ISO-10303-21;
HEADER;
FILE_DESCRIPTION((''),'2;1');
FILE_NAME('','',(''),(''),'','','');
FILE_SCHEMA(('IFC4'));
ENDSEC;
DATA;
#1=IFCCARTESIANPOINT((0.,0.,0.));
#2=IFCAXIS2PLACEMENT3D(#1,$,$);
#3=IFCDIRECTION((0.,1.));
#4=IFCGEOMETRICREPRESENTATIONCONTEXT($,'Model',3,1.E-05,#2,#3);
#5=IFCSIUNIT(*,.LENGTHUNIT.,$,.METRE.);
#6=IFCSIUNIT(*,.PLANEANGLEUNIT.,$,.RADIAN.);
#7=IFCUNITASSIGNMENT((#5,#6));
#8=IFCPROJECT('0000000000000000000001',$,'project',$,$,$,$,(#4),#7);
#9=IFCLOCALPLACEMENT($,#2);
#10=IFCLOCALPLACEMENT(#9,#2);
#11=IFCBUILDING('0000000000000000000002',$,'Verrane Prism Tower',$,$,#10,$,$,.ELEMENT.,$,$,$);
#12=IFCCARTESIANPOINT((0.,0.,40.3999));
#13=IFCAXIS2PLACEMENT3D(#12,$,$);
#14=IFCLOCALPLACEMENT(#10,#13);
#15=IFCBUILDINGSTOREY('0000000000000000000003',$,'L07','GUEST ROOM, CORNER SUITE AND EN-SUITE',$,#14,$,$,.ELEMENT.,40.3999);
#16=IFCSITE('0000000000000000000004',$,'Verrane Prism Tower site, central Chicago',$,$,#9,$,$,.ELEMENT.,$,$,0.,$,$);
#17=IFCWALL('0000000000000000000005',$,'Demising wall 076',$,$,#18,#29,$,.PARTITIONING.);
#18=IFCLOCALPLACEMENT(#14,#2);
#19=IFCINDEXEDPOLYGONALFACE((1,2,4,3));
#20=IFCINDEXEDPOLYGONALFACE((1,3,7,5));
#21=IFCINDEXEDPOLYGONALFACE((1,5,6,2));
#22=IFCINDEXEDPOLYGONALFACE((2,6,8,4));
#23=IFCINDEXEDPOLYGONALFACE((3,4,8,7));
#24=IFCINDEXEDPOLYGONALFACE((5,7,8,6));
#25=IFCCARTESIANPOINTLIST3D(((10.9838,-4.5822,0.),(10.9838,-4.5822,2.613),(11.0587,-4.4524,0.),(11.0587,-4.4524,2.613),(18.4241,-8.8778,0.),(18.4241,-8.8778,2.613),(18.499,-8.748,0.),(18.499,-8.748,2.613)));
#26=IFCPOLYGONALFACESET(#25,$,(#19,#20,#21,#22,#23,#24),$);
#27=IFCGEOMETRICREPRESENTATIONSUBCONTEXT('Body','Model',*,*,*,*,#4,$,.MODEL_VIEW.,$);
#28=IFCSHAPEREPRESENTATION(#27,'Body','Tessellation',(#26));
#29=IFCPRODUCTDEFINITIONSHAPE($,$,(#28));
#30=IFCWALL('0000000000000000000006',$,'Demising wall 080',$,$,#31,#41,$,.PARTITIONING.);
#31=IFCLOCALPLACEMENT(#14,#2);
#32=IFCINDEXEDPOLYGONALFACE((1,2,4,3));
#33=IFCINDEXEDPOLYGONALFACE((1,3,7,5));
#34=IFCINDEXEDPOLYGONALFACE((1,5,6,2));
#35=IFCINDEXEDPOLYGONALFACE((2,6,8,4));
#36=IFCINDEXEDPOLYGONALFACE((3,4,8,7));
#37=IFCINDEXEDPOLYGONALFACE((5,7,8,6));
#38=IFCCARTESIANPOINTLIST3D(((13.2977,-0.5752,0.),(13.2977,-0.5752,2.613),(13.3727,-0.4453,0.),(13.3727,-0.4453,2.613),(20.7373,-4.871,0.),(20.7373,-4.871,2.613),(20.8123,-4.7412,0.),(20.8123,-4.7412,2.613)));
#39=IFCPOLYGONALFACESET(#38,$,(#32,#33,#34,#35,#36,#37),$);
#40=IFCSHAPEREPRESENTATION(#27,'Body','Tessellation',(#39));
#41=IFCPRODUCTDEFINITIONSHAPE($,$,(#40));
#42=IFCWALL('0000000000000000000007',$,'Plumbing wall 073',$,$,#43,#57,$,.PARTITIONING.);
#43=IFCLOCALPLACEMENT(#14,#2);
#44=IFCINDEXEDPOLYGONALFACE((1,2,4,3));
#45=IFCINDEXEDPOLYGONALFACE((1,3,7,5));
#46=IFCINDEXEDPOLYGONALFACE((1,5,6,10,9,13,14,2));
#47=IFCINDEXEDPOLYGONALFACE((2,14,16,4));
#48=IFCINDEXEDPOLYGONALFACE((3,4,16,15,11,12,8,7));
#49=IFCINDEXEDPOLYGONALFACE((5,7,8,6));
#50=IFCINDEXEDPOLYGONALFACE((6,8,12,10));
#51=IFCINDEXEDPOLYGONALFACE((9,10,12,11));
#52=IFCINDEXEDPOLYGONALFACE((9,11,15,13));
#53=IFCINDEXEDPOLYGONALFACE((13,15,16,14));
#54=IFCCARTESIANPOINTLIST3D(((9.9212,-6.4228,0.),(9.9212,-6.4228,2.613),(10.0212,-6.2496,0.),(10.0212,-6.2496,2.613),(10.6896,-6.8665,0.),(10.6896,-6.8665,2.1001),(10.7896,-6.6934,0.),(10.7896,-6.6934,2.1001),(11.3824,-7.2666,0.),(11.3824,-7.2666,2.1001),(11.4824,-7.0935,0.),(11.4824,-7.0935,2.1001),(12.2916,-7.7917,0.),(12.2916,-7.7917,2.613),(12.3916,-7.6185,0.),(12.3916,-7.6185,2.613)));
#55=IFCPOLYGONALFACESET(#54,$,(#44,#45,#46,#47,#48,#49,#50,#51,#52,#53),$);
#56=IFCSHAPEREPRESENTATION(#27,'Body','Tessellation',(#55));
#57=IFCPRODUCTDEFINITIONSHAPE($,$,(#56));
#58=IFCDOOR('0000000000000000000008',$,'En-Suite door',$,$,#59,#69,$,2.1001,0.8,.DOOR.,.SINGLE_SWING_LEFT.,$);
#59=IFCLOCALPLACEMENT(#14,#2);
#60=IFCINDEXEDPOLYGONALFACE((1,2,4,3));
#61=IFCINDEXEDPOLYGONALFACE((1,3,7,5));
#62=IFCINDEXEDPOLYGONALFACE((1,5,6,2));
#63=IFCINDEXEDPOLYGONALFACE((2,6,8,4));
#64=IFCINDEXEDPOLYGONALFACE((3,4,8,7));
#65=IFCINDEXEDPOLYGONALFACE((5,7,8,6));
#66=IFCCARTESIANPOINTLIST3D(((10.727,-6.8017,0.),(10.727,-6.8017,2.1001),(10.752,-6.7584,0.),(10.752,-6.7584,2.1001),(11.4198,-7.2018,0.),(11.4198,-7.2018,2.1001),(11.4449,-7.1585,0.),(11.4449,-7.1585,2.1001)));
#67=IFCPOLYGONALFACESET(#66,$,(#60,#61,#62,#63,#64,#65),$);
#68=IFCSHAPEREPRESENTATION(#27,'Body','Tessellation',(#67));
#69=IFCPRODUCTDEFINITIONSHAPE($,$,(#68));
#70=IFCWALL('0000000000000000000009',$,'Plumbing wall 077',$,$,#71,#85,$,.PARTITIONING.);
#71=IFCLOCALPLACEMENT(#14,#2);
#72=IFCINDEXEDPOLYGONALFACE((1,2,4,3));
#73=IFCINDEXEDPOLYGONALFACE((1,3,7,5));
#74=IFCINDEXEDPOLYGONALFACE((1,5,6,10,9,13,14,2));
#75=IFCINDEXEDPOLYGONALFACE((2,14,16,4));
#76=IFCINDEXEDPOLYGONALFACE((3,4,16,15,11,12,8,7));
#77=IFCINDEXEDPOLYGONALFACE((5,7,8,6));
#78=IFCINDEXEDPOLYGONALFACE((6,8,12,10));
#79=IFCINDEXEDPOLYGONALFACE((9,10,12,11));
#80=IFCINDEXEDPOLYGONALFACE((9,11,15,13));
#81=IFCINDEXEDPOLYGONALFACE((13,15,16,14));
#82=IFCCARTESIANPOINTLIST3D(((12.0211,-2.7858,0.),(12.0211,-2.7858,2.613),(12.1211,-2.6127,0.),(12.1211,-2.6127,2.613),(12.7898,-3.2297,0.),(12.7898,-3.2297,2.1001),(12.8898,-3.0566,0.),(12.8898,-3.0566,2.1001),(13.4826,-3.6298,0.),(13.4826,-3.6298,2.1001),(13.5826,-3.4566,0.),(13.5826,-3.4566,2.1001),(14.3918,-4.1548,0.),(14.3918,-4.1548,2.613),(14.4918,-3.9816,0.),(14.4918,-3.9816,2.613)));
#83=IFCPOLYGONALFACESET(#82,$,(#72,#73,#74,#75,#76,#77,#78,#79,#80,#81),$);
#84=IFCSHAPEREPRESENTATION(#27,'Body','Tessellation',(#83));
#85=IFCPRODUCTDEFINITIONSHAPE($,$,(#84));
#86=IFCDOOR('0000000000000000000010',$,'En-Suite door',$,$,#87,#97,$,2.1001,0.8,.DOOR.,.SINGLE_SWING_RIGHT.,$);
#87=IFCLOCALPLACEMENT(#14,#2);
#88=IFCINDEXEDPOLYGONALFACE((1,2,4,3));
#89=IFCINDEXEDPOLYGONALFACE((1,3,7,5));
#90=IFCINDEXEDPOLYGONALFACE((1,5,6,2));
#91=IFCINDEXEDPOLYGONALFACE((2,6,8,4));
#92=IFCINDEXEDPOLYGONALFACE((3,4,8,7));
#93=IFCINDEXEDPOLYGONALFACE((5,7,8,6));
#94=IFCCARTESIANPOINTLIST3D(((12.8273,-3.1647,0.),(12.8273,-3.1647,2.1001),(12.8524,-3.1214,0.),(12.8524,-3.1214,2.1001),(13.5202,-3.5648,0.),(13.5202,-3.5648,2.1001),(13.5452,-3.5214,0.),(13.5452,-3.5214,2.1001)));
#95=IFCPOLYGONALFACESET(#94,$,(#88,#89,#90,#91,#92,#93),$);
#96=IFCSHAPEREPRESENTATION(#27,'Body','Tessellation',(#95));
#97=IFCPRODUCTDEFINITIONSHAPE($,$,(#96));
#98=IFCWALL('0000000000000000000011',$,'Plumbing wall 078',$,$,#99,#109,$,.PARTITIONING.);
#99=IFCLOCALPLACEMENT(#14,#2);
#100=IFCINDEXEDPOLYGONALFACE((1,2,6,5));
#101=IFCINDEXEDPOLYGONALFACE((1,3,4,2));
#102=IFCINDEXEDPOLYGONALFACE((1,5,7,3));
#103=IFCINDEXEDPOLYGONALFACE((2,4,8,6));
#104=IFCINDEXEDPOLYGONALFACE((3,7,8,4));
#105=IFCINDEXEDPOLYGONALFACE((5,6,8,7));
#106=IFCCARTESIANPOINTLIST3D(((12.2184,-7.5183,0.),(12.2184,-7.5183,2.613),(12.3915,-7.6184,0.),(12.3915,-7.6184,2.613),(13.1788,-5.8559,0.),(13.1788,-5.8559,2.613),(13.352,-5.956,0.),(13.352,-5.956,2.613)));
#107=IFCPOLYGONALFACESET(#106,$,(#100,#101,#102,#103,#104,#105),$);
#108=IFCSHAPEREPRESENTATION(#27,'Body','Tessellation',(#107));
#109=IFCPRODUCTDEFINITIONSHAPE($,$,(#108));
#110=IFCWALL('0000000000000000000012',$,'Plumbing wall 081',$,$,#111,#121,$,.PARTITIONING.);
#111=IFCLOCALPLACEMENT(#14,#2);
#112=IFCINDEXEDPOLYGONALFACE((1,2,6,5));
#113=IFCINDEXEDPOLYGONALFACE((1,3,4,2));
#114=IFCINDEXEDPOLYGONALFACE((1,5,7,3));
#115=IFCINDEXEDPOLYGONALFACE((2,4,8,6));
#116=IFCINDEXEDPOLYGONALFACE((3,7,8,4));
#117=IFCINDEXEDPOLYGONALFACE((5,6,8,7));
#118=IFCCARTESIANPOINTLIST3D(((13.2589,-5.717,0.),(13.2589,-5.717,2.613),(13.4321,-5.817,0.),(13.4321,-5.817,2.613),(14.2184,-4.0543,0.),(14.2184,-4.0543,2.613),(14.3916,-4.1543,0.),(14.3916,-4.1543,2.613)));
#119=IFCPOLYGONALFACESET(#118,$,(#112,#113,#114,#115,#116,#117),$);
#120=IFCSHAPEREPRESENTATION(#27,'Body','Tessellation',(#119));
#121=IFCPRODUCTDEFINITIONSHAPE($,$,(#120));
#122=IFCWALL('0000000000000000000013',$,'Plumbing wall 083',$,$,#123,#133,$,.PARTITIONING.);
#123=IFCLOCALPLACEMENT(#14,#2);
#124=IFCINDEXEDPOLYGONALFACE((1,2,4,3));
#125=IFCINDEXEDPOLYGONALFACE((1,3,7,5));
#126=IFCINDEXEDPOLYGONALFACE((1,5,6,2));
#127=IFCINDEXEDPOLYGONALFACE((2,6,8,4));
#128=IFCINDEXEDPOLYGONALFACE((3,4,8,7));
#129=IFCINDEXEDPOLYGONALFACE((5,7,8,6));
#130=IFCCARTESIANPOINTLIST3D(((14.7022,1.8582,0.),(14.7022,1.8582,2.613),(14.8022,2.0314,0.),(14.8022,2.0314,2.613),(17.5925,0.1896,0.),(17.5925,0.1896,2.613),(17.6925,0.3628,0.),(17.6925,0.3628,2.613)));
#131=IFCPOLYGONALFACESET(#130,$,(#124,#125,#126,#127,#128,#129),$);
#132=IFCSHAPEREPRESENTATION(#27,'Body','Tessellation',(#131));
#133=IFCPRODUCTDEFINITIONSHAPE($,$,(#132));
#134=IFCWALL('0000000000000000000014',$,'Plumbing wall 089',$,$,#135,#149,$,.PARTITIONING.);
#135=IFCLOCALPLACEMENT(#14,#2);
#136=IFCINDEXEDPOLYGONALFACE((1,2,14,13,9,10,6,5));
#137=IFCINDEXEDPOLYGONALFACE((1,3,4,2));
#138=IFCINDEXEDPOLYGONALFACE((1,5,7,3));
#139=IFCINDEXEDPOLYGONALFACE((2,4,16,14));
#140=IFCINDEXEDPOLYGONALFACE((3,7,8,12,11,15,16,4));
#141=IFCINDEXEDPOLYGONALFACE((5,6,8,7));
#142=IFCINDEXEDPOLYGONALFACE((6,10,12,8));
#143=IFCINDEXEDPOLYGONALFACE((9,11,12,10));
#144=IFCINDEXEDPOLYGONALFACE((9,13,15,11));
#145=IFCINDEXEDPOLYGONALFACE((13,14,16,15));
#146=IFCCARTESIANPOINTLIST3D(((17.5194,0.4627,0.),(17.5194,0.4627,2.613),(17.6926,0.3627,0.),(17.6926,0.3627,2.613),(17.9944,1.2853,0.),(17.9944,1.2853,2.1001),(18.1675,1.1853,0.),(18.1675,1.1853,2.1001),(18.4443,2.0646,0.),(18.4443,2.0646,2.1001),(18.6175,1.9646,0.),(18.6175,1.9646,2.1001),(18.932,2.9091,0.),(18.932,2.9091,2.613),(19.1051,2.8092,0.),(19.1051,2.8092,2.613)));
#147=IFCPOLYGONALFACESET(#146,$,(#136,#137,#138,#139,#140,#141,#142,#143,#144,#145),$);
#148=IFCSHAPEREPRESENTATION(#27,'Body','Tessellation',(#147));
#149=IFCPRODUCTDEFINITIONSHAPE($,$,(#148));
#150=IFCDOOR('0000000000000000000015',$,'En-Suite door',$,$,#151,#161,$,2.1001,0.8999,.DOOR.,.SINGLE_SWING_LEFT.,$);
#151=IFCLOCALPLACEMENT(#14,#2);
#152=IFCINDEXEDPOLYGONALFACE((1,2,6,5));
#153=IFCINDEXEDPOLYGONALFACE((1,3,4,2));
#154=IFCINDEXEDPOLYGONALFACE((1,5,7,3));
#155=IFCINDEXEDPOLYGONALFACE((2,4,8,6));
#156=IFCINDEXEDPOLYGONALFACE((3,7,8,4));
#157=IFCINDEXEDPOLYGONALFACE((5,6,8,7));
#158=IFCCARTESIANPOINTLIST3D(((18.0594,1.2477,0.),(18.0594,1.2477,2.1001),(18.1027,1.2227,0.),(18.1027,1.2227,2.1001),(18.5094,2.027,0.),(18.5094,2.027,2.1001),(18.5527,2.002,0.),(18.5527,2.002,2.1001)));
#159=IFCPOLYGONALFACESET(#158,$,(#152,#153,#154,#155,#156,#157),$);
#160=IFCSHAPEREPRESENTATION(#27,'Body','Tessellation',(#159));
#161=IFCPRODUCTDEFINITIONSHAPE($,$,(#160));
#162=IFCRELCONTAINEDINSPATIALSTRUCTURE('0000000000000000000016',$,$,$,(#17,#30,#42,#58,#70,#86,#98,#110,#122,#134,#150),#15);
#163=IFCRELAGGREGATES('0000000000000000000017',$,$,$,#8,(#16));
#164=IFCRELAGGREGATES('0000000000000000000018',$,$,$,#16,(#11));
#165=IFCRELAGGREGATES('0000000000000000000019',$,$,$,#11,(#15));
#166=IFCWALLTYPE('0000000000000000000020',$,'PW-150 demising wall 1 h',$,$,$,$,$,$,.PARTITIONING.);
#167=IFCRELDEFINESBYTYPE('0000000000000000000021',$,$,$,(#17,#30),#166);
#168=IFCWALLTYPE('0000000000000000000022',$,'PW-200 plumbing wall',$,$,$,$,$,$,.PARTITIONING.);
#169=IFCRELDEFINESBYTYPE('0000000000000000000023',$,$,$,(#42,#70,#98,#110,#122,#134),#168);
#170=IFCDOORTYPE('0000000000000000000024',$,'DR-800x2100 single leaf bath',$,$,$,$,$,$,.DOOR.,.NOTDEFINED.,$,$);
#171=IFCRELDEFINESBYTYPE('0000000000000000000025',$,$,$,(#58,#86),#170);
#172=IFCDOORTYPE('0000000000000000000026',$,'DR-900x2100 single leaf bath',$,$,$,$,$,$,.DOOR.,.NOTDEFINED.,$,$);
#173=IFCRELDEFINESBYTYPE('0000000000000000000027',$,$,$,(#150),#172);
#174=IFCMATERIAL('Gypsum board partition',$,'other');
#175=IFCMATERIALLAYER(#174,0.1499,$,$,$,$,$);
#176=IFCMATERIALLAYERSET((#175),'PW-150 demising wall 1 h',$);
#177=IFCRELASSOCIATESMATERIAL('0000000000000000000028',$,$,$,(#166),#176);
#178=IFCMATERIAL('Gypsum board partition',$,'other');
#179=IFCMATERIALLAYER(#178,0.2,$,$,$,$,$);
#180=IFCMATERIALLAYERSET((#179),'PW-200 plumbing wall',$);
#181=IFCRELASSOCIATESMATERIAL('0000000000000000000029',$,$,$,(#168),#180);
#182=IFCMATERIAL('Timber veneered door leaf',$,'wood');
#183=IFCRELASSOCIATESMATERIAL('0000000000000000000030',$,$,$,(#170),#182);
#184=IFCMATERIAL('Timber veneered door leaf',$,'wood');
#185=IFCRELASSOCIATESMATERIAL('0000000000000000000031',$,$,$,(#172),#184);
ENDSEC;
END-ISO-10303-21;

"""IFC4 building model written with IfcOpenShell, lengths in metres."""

from ifc_helpers import new_model, si_unit, direction, frame, frame_2d, origin, place, context, subcontext, project, spatial, rectangle, extrude, material, layer, layer_set, type_object, element, fill, save


model = new_model("IFC4")

# Units and contexts
model_context = context("Model", 3, precision=1e-05, world=origin(), true_north=direction((0.0, 1.0)))
body_context = subcontext(model_context, "Body", "Model", "MODEL_VIEW")
ifc_project = project(units=[si_unit("LENGTHUNIT", "METRE"), si_unit("PLANEANGLEUNIT", "RADIAN")], contexts=[model_context])

# Site, building, storey
site_placement = place(None, origin())
site = spatial("IfcSite", under=ifc_project, at=site_placement, Name="Verrane Prism Tower site, central Chicago", CompositionType="ELEMENT", RefElevation=0.0)
building_placement = place(site_placement, origin())
building = spatial("IfcBuilding", under=site, at=building_placement, Name="Verrane Prism Tower", CompositionType="ELEMENT")
storey_placement = place(building_placement, frame((0.0, 0.0, 40.3999)))
storey = spatial("IfcBuildingStorey", under=building, at=storey_placement, Name="L07", Description="GUEST ROOM, CORNER SUITE AND EN-SUITE", CompositionType="ELEMENT", Elevation=40.3999)

# Walls
ifc_material_1 = material(Name="Gypsum board partition", Category="other")
ifc_layer_1 = layer(ifc_material_1, 0.1499)
ifc_layer_set_1 = layer_set([ifc_layer_1], Name="PW-150 demising wall 1 h")
wall_type_1 = type_object("IfcWallType", Name="PW-150 demising wall 1 h", PredefinedType="PARTITIONING", material=ifc_layer_set_1)
wall_1_placement = place(storey_placement, frame((11.0212, -4.5173, 0.0), z_axis=(0.0, 0.0, 1.0), x_axis=(0.866029, -0.499993, 0.0)))
element("IfcWall", 1, at=wall_1_placement, inside=storey, type_object=wall_type_1, Name="Demising wall 076", PredefinedType="PARTITIONING", context=body_context, shape_type="SweptSolid", body=[
    extrude(rectangle(XDim=8.5913, YDim=0.1499, at=frame_2d((4.2957, 0.0))), origin(), (0.0, 0.0, 1.0), 2.613),
])
wall_2_placement = place(storey_placement, frame((13.3352, -0.5103, 0.0), z_axis=(0.0, 0.0, 1.0), x_axis=(0.865996, -0.500051, 0.0)))
element("IfcWall", 2, at=wall_2_placement, inside=storey, type_object=wall_type_1, Name="Demising wall 080", PredefinedType="PARTITIONING", context=body_context, shape_type="SweptSolid", body=[
    extrude(rectangle(XDim=8.5908, YDim=0.1499, at=frame_2d((4.2954, 0.0))), origin(), (0.0, 0.0, 1.0), 2.613),
])

# Walls, openings, doors
ifc_material_2 = material(Name="Gypsum board partition", Category="other")
ifc_layer_2 = layer(ifc_material_2, 0.2)
ifc_layer_set_2 = layer_set([ifc_layer_2], Name="PW-200 plumbing wall")
wall_type_2 = type_object("IfcWallType", Name="PW-200 plumbing wall", PredefinedType="PARTITIONING", material=ifc_layer_set_2)
wall_3_placement = place(storey_placement, frame((9.9712, -6.3362, 0.0), z_axis=(0.0, 0.0, 1.0), x_axis=(0.865967, -0.500101, 0.0)))
wall_3 = element("IfcWall", 3, at=wall_3_placement, inside=storey, type_object=wall_type_2, Name="Plumbing wall 073", PredefinedType="PARTITIONING", context=body_context, shape_type="SweptSolid", body=[
    extrude(rectangle(XDim=2.7373, YDim=0.2, at=frame_2d((1.3687, 0.0))), origin(), (0.0, 0.0, 1.0), 2.613),
])
opening_1_placement = place(wall_3_placement, frame((0.8875, 0.0, 0.0)))
opening_1 = element("IfcOpeningElement", 4, at=opening_1_placement, cuts=wall_3, PredefinedType="OPENING", context=body_context, shape_type="SweptSolid", body=[
    extrude(rectangle(XDim=0.8, YDim=2.1001, at=frame_2d((0.3999, 1.05))), frame((0.0, 0.1099, 0.0), z_axis=(0.0, -1.0, 0.0), x_axis=(1.0, 0.0, 0.0)), (0.0, 0.0, 1.0), 0.22),
])
ifc_material_3 = material(Name="Timber veneered door leaf", Category="wood")
door_type_1 = type_object("IfcDoorType", Name="DR-800x2100 single leaf bath", OperationType="NOTDEFINED", PredefinedType="DOOR", material=ifc_material_3)
door_1_placement = place(opening_1_placement, origin())
door_1 = element("IfcDoor", 5, at=door_1_placement, inside=storey, type_object=door_type_1, Name="En-Suite door", OperationType="SINGLE_SWING_LEFT", OverallHeight=2.1001, OverallWidth=0.8, PredefinedType="DOOR", context=body_context, shape_type="SweptSolid", body=[
    extrude(rectangle(XDim=0.8, YDim=2.1001, at=frame_2d((0.3999, 1.05))), frame((0.0, 0.0249, 0.0), z_axis=(0.0, -1.0, 0.0), x_axis=(1.0, 0.0, 0.0)), (0.0, 0.0, 1.0), 0.05),
])
fill(opening_1, door_1)
wall_4_placement = place(storey_placement, frame((14.4417, -4.0681, 0.0), z_axis=(0.0, 0.0, 1.0), x_axis=(-0.86599, 0.500062, 0.0)))
wall_4 = element("IfcWall", 6, at=wall_4_placement, inside=storey, type_object=wall_type_2, Name="Plumbing wall 077", PredefinedType="PARTITIONING", context=body_context, shape_type="SweptSolid", body=[
    extrude(rectangle(XDim=2.7375, YDim=0.2, at=frame_2d((1.3687, 0.0))), origin(), (0.0, 0.0, 1.0), 2.613),
])
opening_2_placement = place(wall_4_placement, frame((1.0498, 0.0, 0.0)))
opening_2 = element("IfcOpeningElement", 7, at=opening_2_placement, cuts=wall_4, PredefinedType="OPENING", context=body_context, shape_type="SweptSolid", body=[
    extrude(rectangle(XDim=0.8, YDim=2.1001, at=frame_2d((0.3999, 1.05))), frame((0.0, 0.1099, 0.0), z_axis=(0.0, -1.0, 0.0), x_axis=(1.0, 0.0, 0.0)), (0.0, 0.0, 1.0), 0.22),
])
door_2_placement = place(opening_2_placement, origin())
door_2 = element("IfcDoor", 8, at=door_2_placement, inside=storey, type_object=door_type_1, Name="En-Suite door", OperationType="SINGLE_SWING_RIGHT", OverallHeight=2.1001, OverallWidth=0.8, PredefinedType="DOOR", context=body_context, shape_type="SweptSolid", body=[
    extrude(rectangle(XDim=0.8, YDim=2.1001, at=frame_2d((0.3999, 1.05))), frame((0.0, 0.0249, 0.0), z_axis=(0.0, -1.0, 0.0), x_axis=(1.0, 0.0, 0.0)), (0.0, 0.0, 1.0), 0.05),
])
fill(opening_2, door_2)

# Walls
wall_5_placement = place(storey_placement, frame((12.3049, -7.5684, 0.0), z_axis=(0.0, 0.0, 1.0), x_axis=(0.500269, 0.86587, 0.0)))
element("IfcWall", 9, at=wall_5_placement, inside=storey, type_object=wall_type_2, Name="Plumbing wall 078", PredefinedType="PARTITIONING", context=body_context, shape_type="SweptSolid", body=[
    extrude(rectangle(XDim=1.9199, YDim=0.2, at=frame_2d((0.96, 0.0))), origin(), (0.0, 0.0, 1.0), 2.613),
])
wall_6_placement = place(storey_placement, frame((13.3455, -5.7671, 0.0), z_axis=(0.0, 0.0, 1.0), x_axis=(0.499833, 0.866122, 0.0)))
element("IfcWall", 10, at=wall_6_placement, inside=storey, type_object=wall_type_2, Name="Plumbing wall 081", PredefinedType="PARTITIONING", context=body_context, shape_type="SweptSolid", body=[
    extrude(rectangle(XDim=1.9197, YDim=0.2, at=frame_2d((0.96, 0.0))), origin(), (0.0, 0.0, 1.0), 2.613),
])
wall_7_placement = place(storey_placement, frame((14.7522, 1.9448, 0.0), z_axis=(0.0, 0.0, 1.0), x_axis=(0.866033, -0.499986, 0.0)))
element("IfcWall", 11, at=wall_7_placement, inside=storey, type_object=wall_type_2, Name="Plumbing wall 083", PredefinedType="PARTITIONING", context=body_context, shape_type="SweptSolid", body=[
    extrude(rectangle(XDim=3.3374, YDim=0.2, at=frame_2d((1.6687, 0.0))), origin(), (0.0, 0.0, 1.0), 2.613),
])

# Wall, opening, door
wall_8_placement = place(storey_placement, frame((17.606, 0.4126, 0.0), z_axis=(0.0, 0.0, 1.0), x_axis=(0.500024, 0.866011, 0.0)))
wall_8 = element("IfcWall", 12, at=wall_8_placement, inside=storey, type_object=wall_type_2, Name="Plumbing wall 089", PredefinedType="PARTITIONING", context=body_context, shape_type="SweptSolid", body=[
    extrude(rectangle(XDim=2.825, YDim=0.2, at=frame_2d((1.4126, 0.0))), origin(), (0.0, 0.0, 1.0), 2.613),
])
opening_3_placement = place(wall_8_placement, frame((0.95, 0.0, 0.0)))
opening_3 = element("IfcOpeningElement", 13, at=opening_3_placement, cuts=wall_8, PredefinedType="OPENING", context=body_context, shape_type="SweptSolid", body=[
    extrude(rectangle(XDim=0.8999, YDim=2.1001, at=frame_2d((0.45, 1.05))), frame((0.0, 0.1099, 0.0), z_axis=(0.0, -1.0, 0.0), x_axis=(1.0, 0.0, 0.0)), (0.0, 0.0, 1.0), 0.22),
])
ifc_material_4 = material(Name="Timber veneered door leaf", Category="wood")
door_type_2 = type_object("IfcDoorType", Name="DR-900x2100 single leaf bath", OperationType="NOTDEFINED", PredefinedType="DOOR", material=ifc_material_4)
door_3_placement = place(opening_3_placement, origin())
door_3 = element("IfcDoor", 14, at=door_3_placement, inside=storey, type_object=door_type_2, Name="En-Suite door", OperationType="SINGLE_SWING_LEFT", OverallHeight=2.1001, OverallWidth=0.8999, PredefinedType="DOOR", context=body_context, shape_type="SweptSolid", body=[
    extrude(rectangle(XDim=0.8999, YDim=2.1001, at=frame_2d((0.45, 1.05))), frame((0.0, 0.0249, 0.0), z_axis=(0.0, -1.0, 0.0), x_axis=(1.0, 0.0, 0.0)), (0.0, 0.0, 1.0), 0.05),
])
fill(opening_3, door_3)

save(model, "model.ifc")
